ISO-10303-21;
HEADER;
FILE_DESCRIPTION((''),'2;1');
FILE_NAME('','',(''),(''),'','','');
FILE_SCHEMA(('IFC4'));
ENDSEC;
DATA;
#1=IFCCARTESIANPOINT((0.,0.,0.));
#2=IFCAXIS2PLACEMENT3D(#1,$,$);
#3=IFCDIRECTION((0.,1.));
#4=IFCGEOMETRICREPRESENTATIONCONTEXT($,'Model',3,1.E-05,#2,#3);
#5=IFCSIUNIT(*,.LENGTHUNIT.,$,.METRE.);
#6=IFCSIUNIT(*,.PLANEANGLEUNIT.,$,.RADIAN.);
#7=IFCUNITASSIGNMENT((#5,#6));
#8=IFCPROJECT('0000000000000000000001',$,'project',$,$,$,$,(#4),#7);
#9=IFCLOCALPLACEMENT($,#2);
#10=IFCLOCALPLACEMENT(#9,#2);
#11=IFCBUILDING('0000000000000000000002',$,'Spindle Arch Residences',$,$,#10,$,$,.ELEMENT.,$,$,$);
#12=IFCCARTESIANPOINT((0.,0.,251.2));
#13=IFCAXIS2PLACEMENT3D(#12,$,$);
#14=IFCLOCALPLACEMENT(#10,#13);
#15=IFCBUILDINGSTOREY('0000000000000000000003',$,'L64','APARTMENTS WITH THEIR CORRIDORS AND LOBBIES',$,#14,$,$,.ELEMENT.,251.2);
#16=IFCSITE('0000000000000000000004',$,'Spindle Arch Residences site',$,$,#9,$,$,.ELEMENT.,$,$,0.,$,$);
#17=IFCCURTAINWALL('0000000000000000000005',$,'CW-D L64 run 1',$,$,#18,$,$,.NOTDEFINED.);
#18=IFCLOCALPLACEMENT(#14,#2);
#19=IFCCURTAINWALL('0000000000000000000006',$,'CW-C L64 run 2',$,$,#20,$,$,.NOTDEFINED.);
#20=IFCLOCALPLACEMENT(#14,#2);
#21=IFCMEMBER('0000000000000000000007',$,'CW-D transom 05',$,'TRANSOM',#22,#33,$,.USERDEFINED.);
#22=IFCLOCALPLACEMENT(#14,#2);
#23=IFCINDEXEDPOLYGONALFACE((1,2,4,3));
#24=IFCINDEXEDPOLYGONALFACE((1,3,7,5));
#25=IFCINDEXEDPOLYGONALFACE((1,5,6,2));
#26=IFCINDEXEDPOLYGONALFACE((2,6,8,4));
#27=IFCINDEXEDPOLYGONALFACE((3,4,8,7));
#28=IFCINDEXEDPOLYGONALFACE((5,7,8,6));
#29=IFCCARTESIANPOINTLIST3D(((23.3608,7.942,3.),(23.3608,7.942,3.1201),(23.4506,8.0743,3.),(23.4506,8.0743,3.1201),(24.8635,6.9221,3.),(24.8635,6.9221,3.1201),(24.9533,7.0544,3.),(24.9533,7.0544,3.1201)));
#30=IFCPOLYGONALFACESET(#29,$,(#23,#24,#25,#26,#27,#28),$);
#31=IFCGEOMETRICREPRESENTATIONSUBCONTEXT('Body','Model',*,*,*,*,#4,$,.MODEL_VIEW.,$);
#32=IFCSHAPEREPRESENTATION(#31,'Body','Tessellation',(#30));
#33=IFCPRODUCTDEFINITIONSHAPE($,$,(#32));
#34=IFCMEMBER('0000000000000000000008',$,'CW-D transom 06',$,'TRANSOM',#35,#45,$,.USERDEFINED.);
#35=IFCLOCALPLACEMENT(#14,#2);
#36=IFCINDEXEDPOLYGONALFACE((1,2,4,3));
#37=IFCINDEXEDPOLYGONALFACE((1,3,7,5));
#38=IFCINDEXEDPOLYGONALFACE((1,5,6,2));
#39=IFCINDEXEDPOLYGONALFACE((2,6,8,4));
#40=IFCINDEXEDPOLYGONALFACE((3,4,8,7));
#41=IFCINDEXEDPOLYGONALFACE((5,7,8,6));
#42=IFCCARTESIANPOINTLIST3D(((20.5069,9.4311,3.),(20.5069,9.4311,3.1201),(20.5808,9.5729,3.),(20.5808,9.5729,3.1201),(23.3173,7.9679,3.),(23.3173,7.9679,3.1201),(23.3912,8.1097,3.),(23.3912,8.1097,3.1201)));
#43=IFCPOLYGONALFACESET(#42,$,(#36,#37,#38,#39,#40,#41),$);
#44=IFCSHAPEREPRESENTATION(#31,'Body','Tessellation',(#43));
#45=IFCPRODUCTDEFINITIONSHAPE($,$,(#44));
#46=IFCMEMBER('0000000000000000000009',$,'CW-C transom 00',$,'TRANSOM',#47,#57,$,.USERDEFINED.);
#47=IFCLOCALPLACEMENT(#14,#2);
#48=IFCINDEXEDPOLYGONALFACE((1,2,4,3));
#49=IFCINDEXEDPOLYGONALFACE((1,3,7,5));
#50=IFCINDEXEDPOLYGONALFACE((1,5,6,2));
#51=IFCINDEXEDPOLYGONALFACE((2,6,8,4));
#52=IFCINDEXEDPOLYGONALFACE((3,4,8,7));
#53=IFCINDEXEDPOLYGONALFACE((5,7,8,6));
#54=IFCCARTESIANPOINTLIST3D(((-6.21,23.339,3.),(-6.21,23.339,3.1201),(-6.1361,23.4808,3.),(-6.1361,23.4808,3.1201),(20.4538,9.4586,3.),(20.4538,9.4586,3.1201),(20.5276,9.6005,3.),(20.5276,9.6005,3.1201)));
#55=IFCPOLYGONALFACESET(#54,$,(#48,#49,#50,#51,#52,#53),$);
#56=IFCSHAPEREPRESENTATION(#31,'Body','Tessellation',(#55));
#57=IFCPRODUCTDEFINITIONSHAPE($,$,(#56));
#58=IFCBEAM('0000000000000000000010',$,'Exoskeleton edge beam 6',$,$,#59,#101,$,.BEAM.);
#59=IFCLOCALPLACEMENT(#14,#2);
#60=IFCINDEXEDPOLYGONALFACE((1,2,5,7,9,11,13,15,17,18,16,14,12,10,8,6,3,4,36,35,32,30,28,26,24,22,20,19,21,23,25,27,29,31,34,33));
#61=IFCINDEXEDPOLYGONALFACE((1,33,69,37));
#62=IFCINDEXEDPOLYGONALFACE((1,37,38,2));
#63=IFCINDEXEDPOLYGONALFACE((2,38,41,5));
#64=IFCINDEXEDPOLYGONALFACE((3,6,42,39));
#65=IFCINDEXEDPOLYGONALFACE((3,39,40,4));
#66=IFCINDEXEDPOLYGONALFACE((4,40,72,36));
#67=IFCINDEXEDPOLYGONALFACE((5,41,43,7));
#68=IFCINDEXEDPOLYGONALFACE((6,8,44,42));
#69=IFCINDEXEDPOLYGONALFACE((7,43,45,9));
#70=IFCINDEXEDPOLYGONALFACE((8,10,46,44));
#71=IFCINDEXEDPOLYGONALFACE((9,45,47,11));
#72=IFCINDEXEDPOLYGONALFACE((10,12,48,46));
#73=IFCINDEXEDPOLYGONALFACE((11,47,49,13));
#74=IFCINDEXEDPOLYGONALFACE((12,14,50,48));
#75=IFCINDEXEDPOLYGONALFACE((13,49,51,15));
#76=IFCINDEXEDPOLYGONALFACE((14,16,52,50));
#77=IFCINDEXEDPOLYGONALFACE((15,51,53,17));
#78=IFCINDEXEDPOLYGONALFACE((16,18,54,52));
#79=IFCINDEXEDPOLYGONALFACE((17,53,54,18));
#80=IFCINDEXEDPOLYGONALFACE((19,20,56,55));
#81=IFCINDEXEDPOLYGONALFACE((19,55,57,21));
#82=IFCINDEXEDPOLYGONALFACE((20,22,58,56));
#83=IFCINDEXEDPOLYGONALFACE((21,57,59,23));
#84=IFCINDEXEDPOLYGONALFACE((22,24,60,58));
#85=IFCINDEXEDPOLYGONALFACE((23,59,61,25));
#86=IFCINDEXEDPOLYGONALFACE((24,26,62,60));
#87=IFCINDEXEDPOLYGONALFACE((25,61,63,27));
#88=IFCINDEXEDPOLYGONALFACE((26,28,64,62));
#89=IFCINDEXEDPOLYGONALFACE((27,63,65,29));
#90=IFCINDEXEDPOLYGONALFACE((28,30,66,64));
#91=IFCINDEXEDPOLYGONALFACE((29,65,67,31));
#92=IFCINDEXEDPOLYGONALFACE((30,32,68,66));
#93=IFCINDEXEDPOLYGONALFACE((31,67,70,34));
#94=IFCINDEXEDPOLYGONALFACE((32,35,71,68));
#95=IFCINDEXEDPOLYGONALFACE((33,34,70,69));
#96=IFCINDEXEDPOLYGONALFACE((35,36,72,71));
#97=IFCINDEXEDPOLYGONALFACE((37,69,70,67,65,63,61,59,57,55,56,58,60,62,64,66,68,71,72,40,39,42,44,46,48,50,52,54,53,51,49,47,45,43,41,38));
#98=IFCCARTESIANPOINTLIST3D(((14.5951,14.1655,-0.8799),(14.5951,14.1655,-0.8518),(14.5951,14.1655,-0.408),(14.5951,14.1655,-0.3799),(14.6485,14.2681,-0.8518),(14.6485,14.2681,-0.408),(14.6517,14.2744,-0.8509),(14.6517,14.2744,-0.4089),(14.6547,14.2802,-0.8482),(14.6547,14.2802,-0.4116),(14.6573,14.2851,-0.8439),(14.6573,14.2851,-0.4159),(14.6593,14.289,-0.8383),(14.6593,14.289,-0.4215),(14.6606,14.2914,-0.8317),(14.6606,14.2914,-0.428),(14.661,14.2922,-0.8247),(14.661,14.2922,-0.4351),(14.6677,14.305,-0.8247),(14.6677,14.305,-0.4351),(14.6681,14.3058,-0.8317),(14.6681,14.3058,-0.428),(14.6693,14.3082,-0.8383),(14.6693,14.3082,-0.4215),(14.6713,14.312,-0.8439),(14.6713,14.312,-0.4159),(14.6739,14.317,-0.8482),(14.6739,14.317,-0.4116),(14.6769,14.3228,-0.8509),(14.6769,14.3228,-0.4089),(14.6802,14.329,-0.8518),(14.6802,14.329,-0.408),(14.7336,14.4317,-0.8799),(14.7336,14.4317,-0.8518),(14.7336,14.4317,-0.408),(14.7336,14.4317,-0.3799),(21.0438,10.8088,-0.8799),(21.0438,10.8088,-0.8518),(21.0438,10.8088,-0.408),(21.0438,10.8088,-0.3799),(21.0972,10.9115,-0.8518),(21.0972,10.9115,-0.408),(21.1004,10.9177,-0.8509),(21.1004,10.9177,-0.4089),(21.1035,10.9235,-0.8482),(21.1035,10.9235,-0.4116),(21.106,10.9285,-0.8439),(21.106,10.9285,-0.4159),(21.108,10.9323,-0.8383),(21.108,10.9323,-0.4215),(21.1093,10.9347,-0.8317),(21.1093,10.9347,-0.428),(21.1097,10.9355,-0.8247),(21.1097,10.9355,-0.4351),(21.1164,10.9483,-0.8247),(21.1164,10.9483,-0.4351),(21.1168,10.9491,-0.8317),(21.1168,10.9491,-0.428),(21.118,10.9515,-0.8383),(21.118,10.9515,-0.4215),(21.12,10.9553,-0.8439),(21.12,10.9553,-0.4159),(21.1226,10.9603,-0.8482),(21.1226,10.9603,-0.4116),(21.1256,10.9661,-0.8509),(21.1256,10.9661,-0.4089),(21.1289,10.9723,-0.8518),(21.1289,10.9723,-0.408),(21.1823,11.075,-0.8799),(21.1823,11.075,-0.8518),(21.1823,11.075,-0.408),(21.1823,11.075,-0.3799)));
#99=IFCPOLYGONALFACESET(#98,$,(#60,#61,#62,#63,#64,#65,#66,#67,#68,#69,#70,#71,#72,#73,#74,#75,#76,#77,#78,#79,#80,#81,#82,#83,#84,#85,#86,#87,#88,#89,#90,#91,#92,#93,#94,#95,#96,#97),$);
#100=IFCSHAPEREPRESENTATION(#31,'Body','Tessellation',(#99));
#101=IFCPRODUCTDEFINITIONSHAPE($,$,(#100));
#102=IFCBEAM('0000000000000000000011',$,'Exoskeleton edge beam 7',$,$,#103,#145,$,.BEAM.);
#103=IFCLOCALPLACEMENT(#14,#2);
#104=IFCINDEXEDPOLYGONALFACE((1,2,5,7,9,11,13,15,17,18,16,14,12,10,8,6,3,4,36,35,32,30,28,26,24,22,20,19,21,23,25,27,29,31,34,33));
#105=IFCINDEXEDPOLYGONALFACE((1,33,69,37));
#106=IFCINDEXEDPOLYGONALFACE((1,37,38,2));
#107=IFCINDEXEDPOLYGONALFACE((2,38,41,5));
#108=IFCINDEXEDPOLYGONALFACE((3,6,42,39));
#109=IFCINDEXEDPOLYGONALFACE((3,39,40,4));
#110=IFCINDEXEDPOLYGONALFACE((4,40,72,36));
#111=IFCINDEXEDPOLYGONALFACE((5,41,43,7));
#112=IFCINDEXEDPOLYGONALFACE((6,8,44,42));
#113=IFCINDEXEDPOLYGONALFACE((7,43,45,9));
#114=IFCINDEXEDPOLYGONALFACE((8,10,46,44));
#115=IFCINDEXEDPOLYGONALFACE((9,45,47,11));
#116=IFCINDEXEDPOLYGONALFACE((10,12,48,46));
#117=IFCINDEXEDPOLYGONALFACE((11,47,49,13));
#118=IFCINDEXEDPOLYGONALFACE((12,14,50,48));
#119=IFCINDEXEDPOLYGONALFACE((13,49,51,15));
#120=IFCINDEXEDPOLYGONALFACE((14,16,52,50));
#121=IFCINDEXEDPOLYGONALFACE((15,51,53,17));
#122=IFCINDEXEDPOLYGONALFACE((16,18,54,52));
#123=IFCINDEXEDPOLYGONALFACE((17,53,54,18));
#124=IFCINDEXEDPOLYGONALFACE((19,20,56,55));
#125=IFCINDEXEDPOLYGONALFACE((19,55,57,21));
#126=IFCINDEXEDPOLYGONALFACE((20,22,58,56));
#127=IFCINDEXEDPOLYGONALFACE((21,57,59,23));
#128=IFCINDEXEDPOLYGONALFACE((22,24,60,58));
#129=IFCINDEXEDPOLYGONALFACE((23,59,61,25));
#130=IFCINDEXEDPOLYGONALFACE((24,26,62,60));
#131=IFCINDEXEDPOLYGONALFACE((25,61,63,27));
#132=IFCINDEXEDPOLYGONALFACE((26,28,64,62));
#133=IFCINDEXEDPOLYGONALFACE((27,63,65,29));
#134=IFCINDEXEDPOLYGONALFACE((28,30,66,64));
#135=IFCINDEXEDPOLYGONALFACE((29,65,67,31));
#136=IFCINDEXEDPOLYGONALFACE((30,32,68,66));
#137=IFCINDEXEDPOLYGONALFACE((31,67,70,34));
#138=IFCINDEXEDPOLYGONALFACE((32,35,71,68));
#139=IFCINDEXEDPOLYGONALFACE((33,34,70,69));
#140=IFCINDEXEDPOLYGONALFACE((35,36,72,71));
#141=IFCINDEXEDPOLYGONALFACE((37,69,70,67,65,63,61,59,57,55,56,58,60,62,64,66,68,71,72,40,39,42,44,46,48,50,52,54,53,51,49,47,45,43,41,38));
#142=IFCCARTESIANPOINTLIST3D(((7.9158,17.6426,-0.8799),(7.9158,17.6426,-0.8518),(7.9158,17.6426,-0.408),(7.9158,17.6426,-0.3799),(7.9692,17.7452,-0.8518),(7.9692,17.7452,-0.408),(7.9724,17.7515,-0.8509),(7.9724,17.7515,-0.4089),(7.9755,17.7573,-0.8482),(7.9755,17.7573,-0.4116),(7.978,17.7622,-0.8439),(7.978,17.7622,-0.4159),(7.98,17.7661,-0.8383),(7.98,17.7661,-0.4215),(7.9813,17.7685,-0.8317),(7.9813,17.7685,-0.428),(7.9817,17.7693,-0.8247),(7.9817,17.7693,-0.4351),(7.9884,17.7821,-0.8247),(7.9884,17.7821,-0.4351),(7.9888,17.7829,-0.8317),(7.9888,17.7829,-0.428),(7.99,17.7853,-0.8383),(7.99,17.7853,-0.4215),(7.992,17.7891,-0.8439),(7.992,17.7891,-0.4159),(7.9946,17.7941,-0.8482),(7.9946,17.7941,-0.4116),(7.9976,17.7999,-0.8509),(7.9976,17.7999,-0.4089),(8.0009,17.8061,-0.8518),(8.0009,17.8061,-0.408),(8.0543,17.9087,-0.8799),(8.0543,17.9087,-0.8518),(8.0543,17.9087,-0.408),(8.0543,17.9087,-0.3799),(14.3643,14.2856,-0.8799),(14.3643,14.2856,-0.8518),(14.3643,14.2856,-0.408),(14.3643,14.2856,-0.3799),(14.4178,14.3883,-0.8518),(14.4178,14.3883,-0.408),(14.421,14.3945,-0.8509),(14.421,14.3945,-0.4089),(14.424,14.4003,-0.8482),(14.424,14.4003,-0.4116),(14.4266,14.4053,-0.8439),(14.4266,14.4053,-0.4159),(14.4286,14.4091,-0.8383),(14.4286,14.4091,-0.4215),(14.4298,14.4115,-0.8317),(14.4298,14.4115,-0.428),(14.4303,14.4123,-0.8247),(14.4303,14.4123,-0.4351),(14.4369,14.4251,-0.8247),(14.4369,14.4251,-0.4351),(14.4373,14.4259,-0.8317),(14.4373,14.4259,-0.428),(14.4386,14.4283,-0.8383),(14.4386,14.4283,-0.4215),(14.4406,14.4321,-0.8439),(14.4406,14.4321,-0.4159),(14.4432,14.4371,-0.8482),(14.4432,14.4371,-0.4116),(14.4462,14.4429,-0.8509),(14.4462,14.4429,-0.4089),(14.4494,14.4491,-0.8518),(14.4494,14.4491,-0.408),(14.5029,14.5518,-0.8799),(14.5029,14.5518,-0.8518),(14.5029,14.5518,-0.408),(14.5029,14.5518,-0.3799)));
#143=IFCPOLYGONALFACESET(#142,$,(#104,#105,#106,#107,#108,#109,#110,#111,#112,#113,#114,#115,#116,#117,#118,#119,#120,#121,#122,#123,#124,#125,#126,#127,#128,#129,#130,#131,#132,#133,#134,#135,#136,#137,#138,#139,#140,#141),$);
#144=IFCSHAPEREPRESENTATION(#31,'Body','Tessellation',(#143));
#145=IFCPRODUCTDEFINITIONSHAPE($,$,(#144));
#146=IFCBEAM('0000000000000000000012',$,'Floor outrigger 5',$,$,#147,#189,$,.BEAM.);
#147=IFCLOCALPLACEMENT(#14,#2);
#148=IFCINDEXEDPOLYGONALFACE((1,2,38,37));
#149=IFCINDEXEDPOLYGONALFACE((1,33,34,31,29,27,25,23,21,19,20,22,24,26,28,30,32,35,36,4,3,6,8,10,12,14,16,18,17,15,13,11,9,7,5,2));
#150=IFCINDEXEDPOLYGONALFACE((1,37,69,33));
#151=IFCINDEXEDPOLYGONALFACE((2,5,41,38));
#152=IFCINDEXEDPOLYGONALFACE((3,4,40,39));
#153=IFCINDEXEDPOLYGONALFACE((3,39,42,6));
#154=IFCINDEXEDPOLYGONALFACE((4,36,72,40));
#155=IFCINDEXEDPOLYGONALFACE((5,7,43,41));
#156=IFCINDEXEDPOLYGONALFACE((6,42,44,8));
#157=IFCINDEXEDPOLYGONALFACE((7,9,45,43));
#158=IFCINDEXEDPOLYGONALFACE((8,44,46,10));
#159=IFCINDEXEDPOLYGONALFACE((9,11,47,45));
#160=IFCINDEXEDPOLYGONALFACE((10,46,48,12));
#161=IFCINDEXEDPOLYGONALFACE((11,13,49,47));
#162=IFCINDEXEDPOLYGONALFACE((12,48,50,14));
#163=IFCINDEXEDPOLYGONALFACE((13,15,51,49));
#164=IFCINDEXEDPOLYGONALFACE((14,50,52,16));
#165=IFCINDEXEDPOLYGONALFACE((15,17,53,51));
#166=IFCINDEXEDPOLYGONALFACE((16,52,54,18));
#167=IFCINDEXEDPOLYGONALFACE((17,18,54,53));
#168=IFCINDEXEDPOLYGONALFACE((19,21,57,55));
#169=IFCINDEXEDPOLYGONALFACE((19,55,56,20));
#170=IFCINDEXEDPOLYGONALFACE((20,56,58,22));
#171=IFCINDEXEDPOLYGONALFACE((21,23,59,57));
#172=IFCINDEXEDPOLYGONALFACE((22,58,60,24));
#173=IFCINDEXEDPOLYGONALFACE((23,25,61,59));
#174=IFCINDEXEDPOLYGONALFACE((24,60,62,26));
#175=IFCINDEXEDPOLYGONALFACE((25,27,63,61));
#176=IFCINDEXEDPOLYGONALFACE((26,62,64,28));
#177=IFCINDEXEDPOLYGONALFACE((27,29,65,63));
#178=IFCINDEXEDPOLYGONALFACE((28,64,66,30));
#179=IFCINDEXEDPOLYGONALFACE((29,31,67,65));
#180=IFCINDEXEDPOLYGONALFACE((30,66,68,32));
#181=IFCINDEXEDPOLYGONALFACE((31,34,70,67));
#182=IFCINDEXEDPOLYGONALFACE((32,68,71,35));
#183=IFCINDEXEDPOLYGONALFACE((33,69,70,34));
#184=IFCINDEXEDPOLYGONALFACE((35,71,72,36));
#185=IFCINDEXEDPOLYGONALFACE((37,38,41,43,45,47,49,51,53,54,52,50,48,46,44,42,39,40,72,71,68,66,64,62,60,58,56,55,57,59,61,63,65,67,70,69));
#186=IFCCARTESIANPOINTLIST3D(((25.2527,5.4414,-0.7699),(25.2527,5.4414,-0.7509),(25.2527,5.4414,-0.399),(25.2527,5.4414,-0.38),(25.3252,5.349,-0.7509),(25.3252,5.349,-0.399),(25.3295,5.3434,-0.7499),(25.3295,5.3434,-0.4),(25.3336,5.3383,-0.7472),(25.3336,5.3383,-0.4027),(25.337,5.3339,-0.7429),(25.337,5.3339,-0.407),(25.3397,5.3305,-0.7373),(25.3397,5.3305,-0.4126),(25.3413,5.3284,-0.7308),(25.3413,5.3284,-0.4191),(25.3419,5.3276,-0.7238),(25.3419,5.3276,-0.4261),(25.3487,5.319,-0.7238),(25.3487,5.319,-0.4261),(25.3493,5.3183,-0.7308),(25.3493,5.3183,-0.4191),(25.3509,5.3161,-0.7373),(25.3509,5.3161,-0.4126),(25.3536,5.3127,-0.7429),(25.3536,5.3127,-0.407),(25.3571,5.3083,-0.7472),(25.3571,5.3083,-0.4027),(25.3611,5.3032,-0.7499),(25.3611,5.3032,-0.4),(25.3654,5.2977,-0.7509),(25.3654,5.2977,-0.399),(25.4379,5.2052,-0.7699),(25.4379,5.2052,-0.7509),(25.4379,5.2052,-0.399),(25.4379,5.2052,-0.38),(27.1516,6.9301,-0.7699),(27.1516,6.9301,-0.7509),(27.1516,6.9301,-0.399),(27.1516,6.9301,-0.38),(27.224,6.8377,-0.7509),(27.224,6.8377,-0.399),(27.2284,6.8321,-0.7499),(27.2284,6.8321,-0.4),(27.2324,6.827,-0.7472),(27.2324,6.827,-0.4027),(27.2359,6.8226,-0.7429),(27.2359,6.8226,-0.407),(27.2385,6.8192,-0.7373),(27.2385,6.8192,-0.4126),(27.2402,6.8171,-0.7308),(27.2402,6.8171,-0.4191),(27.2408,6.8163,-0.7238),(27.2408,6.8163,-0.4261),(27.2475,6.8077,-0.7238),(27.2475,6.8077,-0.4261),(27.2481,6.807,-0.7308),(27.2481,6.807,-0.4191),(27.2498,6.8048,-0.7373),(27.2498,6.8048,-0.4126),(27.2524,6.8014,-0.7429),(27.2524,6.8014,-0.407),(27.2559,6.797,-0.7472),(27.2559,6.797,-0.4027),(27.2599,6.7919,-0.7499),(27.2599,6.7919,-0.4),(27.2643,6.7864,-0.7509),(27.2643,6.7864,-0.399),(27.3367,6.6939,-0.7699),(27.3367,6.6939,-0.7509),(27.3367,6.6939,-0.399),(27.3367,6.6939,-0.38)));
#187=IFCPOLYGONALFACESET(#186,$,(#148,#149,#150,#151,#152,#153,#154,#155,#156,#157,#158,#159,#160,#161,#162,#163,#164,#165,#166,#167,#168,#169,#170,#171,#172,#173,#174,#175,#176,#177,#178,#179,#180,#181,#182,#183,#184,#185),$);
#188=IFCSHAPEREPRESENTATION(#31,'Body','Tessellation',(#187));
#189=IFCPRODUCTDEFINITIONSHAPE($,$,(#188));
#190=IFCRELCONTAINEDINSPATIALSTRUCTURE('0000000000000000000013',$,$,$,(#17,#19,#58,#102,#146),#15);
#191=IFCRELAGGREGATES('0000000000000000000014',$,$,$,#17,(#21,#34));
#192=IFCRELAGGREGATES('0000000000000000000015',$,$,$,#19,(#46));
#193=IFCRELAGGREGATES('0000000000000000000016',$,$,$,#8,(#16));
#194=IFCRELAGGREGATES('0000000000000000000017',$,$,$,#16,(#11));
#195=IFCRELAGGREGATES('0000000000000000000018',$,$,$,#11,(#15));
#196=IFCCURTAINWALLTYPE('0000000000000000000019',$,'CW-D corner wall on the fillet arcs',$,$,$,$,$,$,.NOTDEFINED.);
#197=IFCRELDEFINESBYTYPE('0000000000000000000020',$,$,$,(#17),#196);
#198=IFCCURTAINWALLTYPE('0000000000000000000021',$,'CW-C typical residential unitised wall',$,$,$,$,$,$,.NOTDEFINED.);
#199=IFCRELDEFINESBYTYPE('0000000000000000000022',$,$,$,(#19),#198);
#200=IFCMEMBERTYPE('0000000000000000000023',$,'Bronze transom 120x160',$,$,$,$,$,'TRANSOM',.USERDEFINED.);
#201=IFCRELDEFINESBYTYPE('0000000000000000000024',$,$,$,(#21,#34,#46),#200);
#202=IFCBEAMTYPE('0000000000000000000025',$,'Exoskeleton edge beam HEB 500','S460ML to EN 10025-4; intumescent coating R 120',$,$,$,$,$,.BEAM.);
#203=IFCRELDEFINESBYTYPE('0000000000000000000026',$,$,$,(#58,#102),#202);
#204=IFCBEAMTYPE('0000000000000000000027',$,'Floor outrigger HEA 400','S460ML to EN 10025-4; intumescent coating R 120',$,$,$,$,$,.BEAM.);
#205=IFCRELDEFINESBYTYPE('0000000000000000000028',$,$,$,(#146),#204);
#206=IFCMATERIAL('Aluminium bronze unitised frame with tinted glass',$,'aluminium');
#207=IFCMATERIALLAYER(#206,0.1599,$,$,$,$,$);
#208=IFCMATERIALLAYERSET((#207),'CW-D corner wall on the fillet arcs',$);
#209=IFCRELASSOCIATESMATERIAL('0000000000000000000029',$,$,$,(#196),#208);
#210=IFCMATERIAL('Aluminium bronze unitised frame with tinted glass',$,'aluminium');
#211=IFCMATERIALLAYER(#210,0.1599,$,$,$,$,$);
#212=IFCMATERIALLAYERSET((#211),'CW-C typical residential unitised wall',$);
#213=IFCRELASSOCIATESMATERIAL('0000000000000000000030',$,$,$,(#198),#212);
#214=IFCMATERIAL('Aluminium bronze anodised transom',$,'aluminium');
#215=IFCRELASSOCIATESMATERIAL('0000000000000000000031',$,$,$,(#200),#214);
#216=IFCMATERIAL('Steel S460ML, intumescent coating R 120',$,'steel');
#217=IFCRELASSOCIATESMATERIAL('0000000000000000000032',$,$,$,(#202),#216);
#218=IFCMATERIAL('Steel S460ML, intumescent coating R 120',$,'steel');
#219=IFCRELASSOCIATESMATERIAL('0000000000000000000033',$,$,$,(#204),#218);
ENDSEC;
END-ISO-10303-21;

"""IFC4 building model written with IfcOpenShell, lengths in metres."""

from ifc_helpers import new_model, si_unit, direction, frame, origin, origin_2d, place, context, subcontext, project, spatial, rectangle, i_section, extrude, material, layer, layer_set, material_profile, profile_set, type_object, element, aggregate, save


model = new_model("IFC4")

# Units and contexts
model_context = context("Model", 3, precision=1e-05, world=origin(), true_north=direction((0.0, 1.0)))
body_context = subcontext(model_context, "Body", "Model", "MODEL_VIEW")
ifc_project = project(units=[si_unit("LENGTHUNIT", "METRE"), si_unit("PLANEANGLEUNIT", "RADIAN")], contexts=[model_context])

# Site, building, storey
site_placement = place(None, origin())
site = spatial("IfcSite", under=ifc_project, at=site_placement, Name="Spindle Arch Residences site", CompositionType="ELEMENT", RefElevation=0.0)
building_placement = place(site_placement, origin())
building = spatial("IfcBuilding", under=site, at=building_placement, Name="Spindle Arch Residences", CompositionType="ELEMENT")
storey_placement = place(building_placement, frame((0.0, 0.0, 251.2)))
storey = spatial("IfcBuildingStorey", under=building, at=storey_placement, Name="L64", Description="APARTMENTS WITH THEIR CORRIDORS AND LOBBIES", CompositionType="ELEMENT", Elevation=251.2)

# Curtain walls
ifc_material_1 = material(Name="Aluminium bronze unitised frame with tinted glass", Category="aluminium")
ifc_layer_1 = layer(ifc_material_1, 0.1599)
ifc_layer_set_1 = layer_set([ifc_layer_1], Name="CW-D corner wall on the fillet arcs")
curtain_wall_type_1 = type_object("IfcCurtainWallType", Name="CW-D corner wall on the fillet arcs", PredefinedType="NOTDEFINED", material=ifc_layer_set_1)
curtain_wall_1_placement = place(storey_placement, origin())
curtain_wall_1 = element("IfcCurtainWall", 1, at=curtain_wall_1_placement, inside=storey, type_object=curtain_wall_type_1, Name="CW-D L64 run 1", PredefinedType="NOTDEFINED")
ifc_material_2 = material(Name="Aluminium bronze unitised frame with tinted glass", Category="aluminium")
ifc_layer_2 = layer(ifc_material_2, 0.1599)
ifc_layer_set_2 = layer_set([ifc_layer_2], Name="CW-C typical residential unitised wall")
curtain_wall_type_2 = type_object("IfcCurtainWallType", Name="CW-C typical residential unitised wall", PredefinedType="NOTDEFINED", material=ifc_layer_set_2)
curtain_wall_2_placement = place(storey_placement, origin())
curtain_wall_2 = element("IfcCurtainWall", 2, at=curtain_wall_2_placement, inside=storey, type_object=curtain_wall_type_2, Name="CW-C L64 run 2", PredefinedType="NOTDEFINED")

# Members
ifc_material_3 = material(Name="Aluminium bronze anodised transom", Category="aluminium")
ifc_material_profile_1 = material_profile(ifc_material_3, rectangle(XDim=0.1599, YDim=0.1201, at=origin_2d()), Name="TR 120x160")
ifc_profile_set_1 = profile_set([ifc_material_profile_1], Name="Aluminium bronze anodised transom")
member_type_1 = type_object("IfcMemberType", Name="Bronze transom 120x160", ElementType="TRANSOM", PredefinedType="USERDEFINED", material=ifc_profile_set_1)
member_1_placement = place(storey_placement, frame((24.9084, 6.9883, 3.0601), z_axis=(-0.827451, 0.561538, 0.0), x_axis=(-0.561538, -0.827451, 0.0)))
member_1 = element("IfcMember", 3, at=member_1_placement, type_object=member_type_1, Name="CW-D transom 05", ObjectType="TRANSOM", PredefinedType="USERDEFINED", context=body_context, shape_type="SweptSolid", body=[
    extrude(rectangle(XDim=0.1599, YDim=0.1201, at=origin_2d()), origin(), (0.0, 0.0, 1.0), 1.8162),
])
member_2_placement = place(storey_placement, frame((23.3542, 8.0388, 3.0601), z_axis=(-0.886987, 0.461794, 0.0), x_axis=(-0.461794, -0.886987, 0.0)))
member_2 = element("IfcMember", 4, at=member_2_placement, type_object=member_type_1, Name="CW-D transom 06", ObjectType="TRANSOM", PredefinedType="USERDEFINED", context=body_context, shape_type="SweptSolid", body=[
    extrude(rectangle(XDim=0.1599, YDim=0.1201, at=origin_2d()), origin(), (0.0, 0.0, 1.0), 3.1685),
])
member_3_placement = place(storey_placement, frame((20.4907, 9.5295, 3.0601), z_axis=(-0.88701, 0.46175, 0.0), x_axis=(-0.46175, -0.88701, 0.0)))
member_3 = element("IfcMember", 5, at=member_3_placement, type_object=member_type_1, Name="CW-C transom 00", ObjectType="TRANSOM", PredefinedType="USERDEFINED", context=body_context, shape_type="SweptSolid", body=[
    extrude(rectangle(XDim=0.1599, YDim=0.1201, at=origin_2d()), origin(), (0.0, 0.0, 1.0), 30.0603),
])

# Beams
ifc_material_4 = material(Name="Steel S460ML, intumescent coating R 120", Category="steel")
ifc_material_profile_2 = material_profile(ifc_material_4, i_section(OverallWidth=0.3, OverallDepth=0.5, WebThickness=0.0144, FlangeThickness=0.0281, FilletRadius=0.0271, at=origin_2d()), Name="HEB 500")
ifc_profile_set_2 = profile_set([ifc_material_profile_2], Name="Steel S460ML, intumescent coating R 120")
beam_type_1 = type_object("IfcBeamType", Name="Exoskeleton edge beam HEB 500", Description="S460ML to EN 10025-4; intumescent coating R 120", PredefinedType="BEAM", material=ifc_profile_set_2)
for number, where, z_axis, x_axis, name in (
    (6, (21.113, 10.9419, -0.6299), (-0.887028, 0.461715, 0.0), (-0.461715, -0.887028, 0.0), "Exoskeleton edge beam 6"),
    (7, (14.4336, 14.4187, -0.6299), (-0.887007, 0.461756, 0.0), (-0.461756, -0.887007, 0.0), "Exoskeleton edge beam 7"),
):
    element("IfcBeam", number, at=place(storey_placement, frame(where, z_axis=z_axis, x_axis=x_axis)), inside=storey, type_object=beam_type_1, Name=name, PredefinedType="BEAM", context=body_context, shape_type="SweptSolid", body=[
        extrude(i_section(OverallWidth=0.3, OverallDepth=0.5, WebThickness=0.0144, FlangeThickness=0.0281, FilletRadius=0.0271, at=origin_2d()), origin(), (0.0, 0.0, 1.0), 7.27),
    ])
ifc_material_5 = material(Name="Steel S460ML, intumescent coating R 120", Category="steel")
ifc_material_profile_3 = material_profile(ifc_material_5, i_section(OverallWidth=0.3, OverallDepth=0.3899, WebThickness=0.011, FlangeThickness=0.019, FilletRadius=0.0271, at=origin_2d()), Name="HEA 400")
ifc_profile_set_3 = profile_set([ifc_material_profile_3], Name="Steel S460ML, intumescent coating R 120")
beam_type_2 = type_object("IfcBeamType", Name="Floor outrigger HEA 400", Description="S460ML to EN 10025-4; intumescent coating R 120", PredefinedType="BEAM", material=ifc_profile_set_3)
beam_placement = place(storey_placement, frame((27.2441, 6.812, -0.575), z_axis=(-0.786971, -0.61699, 0.0), x_axis=(0.61699, -0.786971, 0.0)))
element("IfcBeam", 8, at=beam_placement, inside=storey, type_object=beam_type_2, Name="Floor outrigger 5", PredefinedType="BEAM", context=body_context, shape_type="SweptSolid", body=[
    extrude(i_section(OverallWidth=0.3, OverallDepth=0.3899, WebThickness=0.011, FlangeThickness=0.019, FilletRadius=0.0271, at=origin_2d()), origin(), (0.0, 0.0, 1.0), 2.4128),
])

aggregate(curtain_wall_1, [member_1, member_2])
aggregate(curtain_wall_2, [member_3])

save(model, "model.ifc")
